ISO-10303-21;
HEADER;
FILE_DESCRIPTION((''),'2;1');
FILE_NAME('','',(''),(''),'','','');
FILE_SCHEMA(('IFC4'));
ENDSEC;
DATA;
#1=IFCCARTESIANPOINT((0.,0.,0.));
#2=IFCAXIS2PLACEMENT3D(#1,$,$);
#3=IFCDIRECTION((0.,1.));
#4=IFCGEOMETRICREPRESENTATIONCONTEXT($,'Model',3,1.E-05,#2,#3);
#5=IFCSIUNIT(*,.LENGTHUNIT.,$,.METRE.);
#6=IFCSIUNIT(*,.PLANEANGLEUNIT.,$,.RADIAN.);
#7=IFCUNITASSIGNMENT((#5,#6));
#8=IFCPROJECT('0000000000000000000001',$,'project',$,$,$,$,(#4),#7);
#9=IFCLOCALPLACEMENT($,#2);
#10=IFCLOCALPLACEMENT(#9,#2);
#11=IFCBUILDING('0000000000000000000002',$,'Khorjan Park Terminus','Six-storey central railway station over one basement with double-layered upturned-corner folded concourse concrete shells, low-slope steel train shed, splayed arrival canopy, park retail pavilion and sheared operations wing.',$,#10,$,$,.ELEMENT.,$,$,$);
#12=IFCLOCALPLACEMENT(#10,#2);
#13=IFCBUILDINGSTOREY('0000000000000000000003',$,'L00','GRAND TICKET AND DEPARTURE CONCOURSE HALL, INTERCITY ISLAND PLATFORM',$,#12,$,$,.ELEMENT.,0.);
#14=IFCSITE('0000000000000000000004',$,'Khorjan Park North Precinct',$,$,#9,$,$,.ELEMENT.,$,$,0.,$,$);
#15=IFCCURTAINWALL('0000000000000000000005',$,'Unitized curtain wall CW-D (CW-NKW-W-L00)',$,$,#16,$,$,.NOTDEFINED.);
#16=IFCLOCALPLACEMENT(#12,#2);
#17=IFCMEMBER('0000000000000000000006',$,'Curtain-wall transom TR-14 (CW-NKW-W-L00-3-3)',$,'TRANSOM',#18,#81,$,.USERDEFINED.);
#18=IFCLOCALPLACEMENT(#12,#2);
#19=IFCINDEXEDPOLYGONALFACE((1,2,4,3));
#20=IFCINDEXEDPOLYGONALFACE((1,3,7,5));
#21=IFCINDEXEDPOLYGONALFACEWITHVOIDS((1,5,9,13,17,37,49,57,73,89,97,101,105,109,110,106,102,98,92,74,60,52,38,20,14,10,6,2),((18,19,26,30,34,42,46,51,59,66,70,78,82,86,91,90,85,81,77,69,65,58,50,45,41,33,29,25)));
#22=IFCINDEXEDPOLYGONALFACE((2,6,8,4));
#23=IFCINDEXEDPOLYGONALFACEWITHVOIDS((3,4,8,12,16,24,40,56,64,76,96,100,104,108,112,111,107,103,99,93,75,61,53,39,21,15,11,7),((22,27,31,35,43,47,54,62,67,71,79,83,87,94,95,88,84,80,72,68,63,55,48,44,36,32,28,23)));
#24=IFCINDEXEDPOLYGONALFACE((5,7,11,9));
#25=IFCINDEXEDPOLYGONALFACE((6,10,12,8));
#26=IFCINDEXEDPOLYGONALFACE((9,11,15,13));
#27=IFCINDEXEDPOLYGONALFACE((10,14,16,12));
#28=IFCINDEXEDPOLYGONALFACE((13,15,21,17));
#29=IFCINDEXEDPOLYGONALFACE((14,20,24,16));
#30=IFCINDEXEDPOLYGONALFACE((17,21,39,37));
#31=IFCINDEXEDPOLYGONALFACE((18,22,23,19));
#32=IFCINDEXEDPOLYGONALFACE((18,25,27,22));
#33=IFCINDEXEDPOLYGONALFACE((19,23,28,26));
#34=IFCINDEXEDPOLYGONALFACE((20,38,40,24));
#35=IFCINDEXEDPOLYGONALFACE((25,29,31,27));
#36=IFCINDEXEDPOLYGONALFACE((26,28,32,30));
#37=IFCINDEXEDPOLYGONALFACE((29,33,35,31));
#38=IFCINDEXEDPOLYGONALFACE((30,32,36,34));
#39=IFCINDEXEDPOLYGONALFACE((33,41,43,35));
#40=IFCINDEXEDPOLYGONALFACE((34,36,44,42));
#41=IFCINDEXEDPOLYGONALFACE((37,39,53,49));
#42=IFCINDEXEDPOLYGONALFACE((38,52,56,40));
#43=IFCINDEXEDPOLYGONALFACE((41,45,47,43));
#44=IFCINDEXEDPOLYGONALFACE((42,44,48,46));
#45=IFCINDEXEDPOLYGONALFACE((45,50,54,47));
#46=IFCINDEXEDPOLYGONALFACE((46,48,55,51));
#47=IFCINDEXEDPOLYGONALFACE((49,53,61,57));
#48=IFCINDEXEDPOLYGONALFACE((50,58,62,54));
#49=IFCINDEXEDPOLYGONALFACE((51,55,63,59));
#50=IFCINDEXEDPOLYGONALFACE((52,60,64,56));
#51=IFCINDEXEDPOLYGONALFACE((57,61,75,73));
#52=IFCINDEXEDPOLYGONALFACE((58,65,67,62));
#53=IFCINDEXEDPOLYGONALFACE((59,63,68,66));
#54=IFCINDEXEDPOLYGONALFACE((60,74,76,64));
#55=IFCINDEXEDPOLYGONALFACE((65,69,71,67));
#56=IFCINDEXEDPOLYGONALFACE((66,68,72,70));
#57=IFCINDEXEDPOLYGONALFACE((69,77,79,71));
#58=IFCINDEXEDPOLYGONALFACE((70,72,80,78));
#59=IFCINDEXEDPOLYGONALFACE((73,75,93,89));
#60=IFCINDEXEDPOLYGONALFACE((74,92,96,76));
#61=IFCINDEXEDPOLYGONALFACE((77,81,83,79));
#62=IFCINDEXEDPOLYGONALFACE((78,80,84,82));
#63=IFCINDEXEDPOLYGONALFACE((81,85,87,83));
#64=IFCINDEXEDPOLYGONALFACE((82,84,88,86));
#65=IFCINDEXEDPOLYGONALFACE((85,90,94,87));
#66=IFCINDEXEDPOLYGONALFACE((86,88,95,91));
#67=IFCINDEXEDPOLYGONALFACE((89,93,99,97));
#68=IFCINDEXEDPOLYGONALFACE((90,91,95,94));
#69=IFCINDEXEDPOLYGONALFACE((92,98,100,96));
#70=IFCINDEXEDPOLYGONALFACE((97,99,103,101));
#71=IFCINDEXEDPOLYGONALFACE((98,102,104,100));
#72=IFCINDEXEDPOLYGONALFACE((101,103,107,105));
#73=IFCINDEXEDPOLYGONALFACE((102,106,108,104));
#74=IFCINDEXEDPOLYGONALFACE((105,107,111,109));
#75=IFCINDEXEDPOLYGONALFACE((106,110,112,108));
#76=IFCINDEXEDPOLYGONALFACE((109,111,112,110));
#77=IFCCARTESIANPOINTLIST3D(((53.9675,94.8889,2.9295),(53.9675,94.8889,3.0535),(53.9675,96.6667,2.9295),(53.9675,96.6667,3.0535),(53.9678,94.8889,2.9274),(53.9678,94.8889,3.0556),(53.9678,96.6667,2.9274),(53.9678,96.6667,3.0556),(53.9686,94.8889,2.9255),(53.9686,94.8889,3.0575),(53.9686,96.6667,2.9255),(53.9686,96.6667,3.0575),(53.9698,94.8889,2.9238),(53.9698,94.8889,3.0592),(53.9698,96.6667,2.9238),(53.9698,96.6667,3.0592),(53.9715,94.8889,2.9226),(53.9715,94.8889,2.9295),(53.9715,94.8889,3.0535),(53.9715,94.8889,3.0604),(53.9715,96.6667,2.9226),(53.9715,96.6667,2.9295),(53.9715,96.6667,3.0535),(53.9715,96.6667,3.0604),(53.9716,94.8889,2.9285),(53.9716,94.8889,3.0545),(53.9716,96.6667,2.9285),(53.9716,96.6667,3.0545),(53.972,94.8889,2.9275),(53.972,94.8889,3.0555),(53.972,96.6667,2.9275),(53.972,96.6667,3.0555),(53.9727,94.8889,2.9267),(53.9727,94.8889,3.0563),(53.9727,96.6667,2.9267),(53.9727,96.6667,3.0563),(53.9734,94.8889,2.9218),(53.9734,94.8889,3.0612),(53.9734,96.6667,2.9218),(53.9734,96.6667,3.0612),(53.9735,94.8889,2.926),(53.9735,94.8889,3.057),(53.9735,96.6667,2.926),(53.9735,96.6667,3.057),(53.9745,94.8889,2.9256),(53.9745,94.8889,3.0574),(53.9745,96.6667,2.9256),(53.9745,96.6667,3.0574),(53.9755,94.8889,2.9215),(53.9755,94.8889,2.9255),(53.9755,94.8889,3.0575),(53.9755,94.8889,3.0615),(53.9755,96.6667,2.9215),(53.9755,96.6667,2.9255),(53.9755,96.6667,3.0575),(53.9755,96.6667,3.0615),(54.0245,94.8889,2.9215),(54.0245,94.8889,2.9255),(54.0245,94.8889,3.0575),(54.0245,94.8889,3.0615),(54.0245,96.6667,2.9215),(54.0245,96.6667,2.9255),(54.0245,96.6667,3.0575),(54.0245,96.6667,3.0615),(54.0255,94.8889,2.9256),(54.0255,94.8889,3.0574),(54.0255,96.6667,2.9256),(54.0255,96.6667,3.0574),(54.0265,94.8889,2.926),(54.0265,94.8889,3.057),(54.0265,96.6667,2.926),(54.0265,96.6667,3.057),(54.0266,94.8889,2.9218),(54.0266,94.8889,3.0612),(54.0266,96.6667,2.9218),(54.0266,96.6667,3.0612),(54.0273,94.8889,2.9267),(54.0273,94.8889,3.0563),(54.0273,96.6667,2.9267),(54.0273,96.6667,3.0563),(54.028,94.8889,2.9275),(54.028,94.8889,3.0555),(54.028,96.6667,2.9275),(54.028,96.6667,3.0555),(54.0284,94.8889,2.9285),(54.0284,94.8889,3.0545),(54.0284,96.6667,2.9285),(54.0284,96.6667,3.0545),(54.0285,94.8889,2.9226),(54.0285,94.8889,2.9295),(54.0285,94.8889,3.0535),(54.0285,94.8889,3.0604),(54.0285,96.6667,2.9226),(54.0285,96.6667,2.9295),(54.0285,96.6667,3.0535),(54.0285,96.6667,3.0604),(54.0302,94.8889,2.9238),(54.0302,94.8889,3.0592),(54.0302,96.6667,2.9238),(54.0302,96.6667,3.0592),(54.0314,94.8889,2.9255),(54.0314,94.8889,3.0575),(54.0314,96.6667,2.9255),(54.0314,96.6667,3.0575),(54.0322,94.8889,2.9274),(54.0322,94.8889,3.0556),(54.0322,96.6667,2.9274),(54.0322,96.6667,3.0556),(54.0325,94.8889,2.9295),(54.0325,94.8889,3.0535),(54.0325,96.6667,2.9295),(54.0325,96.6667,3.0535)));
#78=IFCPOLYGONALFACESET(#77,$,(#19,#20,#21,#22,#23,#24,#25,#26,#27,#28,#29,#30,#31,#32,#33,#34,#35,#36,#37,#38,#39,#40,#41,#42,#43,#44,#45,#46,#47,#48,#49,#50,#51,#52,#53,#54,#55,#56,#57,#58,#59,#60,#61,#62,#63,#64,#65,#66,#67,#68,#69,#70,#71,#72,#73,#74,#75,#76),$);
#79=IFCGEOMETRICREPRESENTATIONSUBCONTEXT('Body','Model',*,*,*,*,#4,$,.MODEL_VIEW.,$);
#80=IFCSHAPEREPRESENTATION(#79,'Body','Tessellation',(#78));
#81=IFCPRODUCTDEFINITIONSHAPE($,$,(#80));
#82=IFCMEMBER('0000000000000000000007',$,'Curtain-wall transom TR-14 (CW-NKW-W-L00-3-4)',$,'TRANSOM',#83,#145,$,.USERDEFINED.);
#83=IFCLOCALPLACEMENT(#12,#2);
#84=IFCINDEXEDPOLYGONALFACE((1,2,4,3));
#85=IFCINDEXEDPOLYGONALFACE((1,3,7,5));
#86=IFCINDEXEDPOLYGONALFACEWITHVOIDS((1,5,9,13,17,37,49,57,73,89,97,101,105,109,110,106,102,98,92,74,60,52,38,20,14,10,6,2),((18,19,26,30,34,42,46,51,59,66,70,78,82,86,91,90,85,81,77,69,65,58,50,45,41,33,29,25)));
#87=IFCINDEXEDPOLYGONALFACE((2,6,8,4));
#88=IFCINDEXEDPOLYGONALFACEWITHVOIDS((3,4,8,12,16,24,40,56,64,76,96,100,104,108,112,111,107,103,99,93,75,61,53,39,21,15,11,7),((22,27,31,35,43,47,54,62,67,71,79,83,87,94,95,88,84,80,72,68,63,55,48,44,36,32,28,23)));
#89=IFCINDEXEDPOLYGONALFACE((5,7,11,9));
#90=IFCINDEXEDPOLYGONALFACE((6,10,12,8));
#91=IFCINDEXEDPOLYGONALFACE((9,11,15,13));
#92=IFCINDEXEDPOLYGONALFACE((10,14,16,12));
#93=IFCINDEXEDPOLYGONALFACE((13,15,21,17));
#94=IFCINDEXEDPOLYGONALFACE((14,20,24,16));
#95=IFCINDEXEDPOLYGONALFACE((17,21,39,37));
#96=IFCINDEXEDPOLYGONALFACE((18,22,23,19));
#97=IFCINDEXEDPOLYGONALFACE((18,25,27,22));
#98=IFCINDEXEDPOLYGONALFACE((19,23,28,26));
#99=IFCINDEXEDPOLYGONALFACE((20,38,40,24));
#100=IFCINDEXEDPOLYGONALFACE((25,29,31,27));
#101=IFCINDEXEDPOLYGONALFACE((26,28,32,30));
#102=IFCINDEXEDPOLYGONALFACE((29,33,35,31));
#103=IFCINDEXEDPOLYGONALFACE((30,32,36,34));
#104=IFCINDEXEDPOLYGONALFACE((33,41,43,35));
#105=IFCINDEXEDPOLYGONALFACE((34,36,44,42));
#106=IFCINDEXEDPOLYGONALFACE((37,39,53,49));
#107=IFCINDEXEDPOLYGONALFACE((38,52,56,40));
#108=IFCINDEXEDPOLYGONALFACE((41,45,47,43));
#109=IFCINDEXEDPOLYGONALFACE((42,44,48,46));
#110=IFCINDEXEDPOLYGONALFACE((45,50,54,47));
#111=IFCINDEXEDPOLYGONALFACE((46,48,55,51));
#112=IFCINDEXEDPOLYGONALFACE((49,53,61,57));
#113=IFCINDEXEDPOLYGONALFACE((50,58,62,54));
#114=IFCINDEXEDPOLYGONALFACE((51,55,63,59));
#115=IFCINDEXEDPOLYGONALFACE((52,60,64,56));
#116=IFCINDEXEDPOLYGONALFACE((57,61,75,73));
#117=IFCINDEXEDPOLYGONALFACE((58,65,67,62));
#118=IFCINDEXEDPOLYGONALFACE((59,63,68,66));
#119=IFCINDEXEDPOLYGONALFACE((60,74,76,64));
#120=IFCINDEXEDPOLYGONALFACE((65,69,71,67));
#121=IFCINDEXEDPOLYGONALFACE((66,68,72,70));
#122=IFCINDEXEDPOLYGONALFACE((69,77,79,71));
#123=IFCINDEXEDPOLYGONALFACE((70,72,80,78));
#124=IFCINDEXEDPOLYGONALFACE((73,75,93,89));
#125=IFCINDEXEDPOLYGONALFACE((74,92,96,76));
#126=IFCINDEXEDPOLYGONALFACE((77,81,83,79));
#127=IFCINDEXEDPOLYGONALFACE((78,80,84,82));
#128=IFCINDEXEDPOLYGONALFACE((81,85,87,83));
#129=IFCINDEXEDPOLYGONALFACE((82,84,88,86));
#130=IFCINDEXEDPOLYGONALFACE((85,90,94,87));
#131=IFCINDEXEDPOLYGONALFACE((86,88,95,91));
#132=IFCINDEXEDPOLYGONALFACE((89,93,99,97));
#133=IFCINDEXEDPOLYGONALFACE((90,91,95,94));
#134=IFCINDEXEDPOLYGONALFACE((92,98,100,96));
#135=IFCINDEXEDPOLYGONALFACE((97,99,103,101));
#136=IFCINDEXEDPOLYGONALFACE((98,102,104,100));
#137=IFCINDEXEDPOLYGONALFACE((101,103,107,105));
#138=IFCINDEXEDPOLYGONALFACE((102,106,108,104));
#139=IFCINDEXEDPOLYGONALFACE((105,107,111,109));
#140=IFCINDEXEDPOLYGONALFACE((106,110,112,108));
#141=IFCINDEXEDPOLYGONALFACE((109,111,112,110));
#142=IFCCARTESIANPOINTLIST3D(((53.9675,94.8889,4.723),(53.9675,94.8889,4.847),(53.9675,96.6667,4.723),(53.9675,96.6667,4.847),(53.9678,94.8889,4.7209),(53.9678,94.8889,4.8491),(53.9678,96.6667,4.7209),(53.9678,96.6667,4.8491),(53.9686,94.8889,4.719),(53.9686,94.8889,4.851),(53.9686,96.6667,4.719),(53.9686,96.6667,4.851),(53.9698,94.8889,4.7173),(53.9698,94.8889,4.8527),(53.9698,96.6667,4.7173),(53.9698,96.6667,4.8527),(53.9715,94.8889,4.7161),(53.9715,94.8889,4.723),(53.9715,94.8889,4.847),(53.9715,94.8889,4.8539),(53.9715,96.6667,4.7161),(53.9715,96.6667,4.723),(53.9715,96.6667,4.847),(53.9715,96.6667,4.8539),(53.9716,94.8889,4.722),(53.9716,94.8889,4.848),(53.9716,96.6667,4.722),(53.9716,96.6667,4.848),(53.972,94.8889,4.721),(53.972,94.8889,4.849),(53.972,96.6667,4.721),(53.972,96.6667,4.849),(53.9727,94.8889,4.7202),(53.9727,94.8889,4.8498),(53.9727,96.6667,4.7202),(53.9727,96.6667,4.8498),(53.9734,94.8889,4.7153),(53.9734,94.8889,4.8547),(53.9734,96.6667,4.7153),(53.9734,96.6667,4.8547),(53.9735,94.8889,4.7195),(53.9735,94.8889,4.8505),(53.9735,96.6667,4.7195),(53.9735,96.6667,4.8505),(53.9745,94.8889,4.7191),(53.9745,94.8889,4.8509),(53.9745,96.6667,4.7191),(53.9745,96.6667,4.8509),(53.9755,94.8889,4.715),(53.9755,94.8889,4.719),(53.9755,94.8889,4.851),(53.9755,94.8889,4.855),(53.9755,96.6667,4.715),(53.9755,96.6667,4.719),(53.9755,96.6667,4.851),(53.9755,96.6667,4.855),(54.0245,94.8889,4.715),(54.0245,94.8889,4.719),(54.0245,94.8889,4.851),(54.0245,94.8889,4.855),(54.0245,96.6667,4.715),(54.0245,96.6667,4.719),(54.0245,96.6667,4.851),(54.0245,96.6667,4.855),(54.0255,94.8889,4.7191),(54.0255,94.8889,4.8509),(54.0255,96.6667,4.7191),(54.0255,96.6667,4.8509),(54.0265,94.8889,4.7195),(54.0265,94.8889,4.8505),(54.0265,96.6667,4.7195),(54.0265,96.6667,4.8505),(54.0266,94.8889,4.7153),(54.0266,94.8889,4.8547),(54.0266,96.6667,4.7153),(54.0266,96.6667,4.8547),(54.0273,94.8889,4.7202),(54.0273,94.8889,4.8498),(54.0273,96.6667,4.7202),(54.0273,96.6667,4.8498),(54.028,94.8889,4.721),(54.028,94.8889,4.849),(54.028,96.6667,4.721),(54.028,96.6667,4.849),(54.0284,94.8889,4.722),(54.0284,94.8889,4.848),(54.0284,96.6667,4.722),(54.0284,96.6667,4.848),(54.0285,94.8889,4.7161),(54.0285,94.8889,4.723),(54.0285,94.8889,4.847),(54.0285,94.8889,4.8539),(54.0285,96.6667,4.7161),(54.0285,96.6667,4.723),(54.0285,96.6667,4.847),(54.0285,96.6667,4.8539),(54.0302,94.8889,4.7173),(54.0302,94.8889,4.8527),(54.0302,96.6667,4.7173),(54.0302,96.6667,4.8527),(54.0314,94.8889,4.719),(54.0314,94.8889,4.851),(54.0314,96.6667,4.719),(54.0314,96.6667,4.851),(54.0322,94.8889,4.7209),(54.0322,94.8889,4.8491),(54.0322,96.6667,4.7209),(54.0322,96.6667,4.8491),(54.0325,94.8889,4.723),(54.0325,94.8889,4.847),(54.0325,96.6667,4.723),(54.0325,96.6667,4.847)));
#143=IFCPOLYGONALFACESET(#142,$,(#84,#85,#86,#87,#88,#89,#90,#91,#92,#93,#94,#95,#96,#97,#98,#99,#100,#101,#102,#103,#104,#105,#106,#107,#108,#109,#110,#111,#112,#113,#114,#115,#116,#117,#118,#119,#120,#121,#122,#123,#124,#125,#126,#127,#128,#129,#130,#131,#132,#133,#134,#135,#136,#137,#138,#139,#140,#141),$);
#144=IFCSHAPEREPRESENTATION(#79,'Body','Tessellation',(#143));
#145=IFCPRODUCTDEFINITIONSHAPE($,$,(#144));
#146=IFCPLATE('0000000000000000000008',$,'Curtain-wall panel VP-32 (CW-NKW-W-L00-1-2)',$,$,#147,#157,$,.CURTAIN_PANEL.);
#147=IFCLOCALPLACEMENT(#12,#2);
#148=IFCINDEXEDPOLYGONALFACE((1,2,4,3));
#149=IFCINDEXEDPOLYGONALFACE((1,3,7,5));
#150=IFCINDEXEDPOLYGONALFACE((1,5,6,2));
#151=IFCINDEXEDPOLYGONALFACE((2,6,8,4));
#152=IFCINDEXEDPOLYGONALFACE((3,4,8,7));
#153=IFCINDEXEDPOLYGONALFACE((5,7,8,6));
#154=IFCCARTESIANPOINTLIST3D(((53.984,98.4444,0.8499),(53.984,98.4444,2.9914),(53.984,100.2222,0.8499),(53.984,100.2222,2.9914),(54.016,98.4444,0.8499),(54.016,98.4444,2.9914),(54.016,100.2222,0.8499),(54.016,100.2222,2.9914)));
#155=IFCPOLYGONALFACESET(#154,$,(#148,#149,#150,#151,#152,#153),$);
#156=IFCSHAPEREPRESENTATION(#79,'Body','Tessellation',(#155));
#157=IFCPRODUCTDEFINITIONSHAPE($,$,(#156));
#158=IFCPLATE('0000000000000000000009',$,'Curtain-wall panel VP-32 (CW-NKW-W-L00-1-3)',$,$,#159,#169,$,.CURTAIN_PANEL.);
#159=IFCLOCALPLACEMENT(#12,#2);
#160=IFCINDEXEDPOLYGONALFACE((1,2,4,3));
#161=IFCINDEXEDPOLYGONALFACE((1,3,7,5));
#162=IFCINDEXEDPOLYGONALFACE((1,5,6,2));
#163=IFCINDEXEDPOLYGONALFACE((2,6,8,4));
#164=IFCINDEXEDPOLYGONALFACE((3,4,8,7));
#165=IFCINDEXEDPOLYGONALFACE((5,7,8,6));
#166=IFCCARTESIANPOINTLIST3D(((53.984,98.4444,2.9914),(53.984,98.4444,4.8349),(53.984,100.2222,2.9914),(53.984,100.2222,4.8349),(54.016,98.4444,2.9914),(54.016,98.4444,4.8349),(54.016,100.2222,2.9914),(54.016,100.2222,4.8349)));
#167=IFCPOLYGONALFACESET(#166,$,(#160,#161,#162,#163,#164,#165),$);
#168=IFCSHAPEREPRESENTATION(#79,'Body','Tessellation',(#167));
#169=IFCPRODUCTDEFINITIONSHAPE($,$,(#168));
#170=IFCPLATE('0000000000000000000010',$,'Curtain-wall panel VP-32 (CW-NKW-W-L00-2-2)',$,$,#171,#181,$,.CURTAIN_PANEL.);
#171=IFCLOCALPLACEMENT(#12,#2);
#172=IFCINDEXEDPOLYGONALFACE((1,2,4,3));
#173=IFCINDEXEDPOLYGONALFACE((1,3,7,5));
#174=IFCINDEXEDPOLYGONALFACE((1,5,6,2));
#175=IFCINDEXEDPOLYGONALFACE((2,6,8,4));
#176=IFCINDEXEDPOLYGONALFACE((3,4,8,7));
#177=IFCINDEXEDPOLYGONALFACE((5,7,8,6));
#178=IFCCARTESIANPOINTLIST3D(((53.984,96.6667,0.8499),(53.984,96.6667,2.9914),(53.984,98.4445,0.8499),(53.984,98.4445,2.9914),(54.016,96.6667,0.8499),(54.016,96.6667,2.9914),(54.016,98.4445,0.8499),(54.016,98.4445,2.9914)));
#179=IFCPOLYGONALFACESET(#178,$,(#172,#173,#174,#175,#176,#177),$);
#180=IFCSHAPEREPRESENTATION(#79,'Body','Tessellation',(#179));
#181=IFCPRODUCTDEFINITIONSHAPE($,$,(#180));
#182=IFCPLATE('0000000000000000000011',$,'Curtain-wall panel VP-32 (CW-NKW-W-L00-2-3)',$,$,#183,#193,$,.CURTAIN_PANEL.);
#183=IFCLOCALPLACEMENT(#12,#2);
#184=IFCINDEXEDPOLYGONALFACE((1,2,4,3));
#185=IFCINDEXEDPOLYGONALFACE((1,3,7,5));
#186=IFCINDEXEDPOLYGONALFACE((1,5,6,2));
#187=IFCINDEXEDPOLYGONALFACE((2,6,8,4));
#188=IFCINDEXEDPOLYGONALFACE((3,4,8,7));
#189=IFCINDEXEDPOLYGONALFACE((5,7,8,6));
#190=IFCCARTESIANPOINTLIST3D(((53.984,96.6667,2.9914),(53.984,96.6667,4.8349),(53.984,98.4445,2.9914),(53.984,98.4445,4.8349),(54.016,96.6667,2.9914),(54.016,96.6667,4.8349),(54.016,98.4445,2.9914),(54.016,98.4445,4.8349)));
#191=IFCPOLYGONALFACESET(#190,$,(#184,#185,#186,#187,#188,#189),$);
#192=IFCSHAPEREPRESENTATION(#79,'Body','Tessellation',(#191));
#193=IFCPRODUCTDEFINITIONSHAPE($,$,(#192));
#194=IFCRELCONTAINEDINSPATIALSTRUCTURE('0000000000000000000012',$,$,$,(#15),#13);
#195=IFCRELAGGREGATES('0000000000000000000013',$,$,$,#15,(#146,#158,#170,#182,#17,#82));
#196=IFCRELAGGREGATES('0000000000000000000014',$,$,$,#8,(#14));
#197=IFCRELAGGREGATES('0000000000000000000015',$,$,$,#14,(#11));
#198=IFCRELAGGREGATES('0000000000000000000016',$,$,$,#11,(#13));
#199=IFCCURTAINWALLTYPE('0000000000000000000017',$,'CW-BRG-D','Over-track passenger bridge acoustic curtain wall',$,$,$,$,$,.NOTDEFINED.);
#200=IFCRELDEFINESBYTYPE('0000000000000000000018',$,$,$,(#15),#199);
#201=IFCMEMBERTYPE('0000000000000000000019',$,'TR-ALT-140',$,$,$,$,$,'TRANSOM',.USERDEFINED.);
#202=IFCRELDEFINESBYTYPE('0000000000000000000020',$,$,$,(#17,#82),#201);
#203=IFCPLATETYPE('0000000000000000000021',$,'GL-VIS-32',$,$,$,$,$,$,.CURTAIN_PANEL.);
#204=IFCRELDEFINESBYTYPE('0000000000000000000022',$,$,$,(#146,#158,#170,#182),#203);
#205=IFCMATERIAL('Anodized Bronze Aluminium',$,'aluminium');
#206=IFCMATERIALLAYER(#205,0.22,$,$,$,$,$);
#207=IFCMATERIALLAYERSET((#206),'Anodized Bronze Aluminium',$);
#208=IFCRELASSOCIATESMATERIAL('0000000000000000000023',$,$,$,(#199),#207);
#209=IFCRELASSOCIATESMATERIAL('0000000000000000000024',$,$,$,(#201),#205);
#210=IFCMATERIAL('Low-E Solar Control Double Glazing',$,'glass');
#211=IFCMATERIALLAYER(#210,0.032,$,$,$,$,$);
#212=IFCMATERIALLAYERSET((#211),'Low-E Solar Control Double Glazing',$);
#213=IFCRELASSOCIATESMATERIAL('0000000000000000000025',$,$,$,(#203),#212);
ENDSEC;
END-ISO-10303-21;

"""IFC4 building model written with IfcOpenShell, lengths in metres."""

from ifc_helpers import new_model, si_unit, direction, frame, origin, origin_2d, place, context, subcontext, project, spatial, rectangle, hollow_rectangle, extrude, material, layer, layer_set, material_profile, profile_set, type_object, element, aggregate, save


model = new_model("IFC4")

# Units and contexts
model_context = context("Model", 3, precision=1e-05, world=origin(), true_north=direction((0.0, 1.0)))
body_context = subcontext(model_context, "Body", "Model", "MODEL_VIEW")
ifc_project = project(units=[si_unit("LENGTHUNIT", "METRE"), si_unit("PLANEANGLEUNIT", "RADIAN")], contexts=[model_context])

# Site, building, storey
site_placement = place(None, origin())
site = spatial("IfcSite", under=ifc_project, at=site_placement, Name="Khorjan Park North Precinct", CompositionType="ELEMENT", RefElevation=0.0)
building_placement = place(site_placement, origin())
building = spatial("IfcBuilding", under=site, at=building_placement, Name="Khorjan Park Terminus", Description="Six-storey central railway station over one basement with double-layered upturned-corner folded concourse concrete shells, low-slope steel train shed, splayed arrival canopy, park retail pavilion and sheared operations wing.", CompositionType="ELEMENT")
storey_placement = place(building_placement, origin())
storey = spatial("IfcBuildingStorey", under=building, at=storey_placement, Name="L00", Description="GRAND TICKET AND DEPARTURE CONCOURSE HALL, INTERCITY ISLAND PLATFORM", CompositionType="ELEMENT", Elevation=0.0)

# Curtain wall, members, plates
ifc_material_1 = material(Name="Anodized Bronze Aluminium", Category="aluminium")
ifc_layer_1 = layer(ifc_material_1, 0.22)
ifc_layer_set_1 = layer_set([ifc_layer_1], Name="Anodized Bronze Aluminium")
curtain_wall_type = type_object("IfcCurtainWallType", Name="CW-BRG-D", Description="Over-track passenger bridge acoustic curtain wall", PredefinedType="NOTDEFINED", material=ifc_layer_set_1)
curtain_wall_placement = place(storey_placement, origin())
curtain_wall = element("IfcCurtainWall", 1, at=curtain_wall_placement, inside=storey, type_object=curtain_wall_type, Name="Unitized curtain wall CW-D (CW-NKW-W-L00)", PredefinedType="NOTDEFINED")
ifc_material_profile_1 = material_profile(ifc_material_1, hollow_rectangle(XDim=0.065, YDim=0.14, WallThickness=0.004, InnerFilletRadius=0.004, OuterFilletRadius=0.008, at=origin_2d()), Name="ALT 65x140x4")
ifc_profile_set_1 = profile_set([ifc_material_profile_1], Name="Anodized Bronze Aluminium")
member_type_1 = type_object("IfcMemberType", Name="TR-ALT-140", ElementType="TRANSOM", PredefinedType="USERDEFINED", material=ifc_profile_set_1)
member_1_placement = place(storey_placement, frame((54.0, 96.6667, 2.9915), z_axis=(0.0, -1.0, 0.0), x_axis=(1.0, 0.0, 0.0)))
member_1 = element("IfcMember", 2, at=member_1_placement, type_object=member_type_1, Name="Curtain-wall transom TR-14 (CW-NKW-W-L00-3-3)", ObjectType="TRANSOM", PredefinedType="USERDEFINED", context=body_context, shape_type="SweptSolid", body=[
    extrude(hollow_rectangle(XDim=0.065, YDim=0.14, WallThickness=0.004, InnerFilletRadius=0.004, OuterFilletRadius=0.008, at=origin_2d()), origin(), (0.0, 0.0, 1.0), 1.7778),
])
member_2_placement = place(storey_placement, frame((54.0, 96.6667, 4.785), z_axis=(0.0, -1.0, 0.0), x_axis=(1.0, 0.0, 0.0)))
member_2 = element("IfcMember", 3, at=member_2_placement, type_object=member_type_1, Name="Curtain-wall transom TR-14 (CW-NKW-W-L00-3-4)", ObjectType="TRANSOM", PredefinedType="USERDEFINED", context=body_context, shape_type="SweptSolid", body=[
    extrude(hollow_rectangle(XDim=0.065, YDim=0.14, WallThickness=0.004, InnerFilletRadius=0.004, OuterFilletRadius=0.008, at=origin_2d()), origin(), (0.0, 0.0, 1.0), 1.7778),
])
ifc_material_2 = material(Name="Low-E Solar Control Double Glazing", Category="glass")
ifc_layer_2 = layer(ifc_material_2, 0.032)
ifc_layer_set_2 = layer_set([ifc_layer_2], Name="Low-E Solar Control Double Glazing")
plate_type_1 = type_object("IfcPlateType", Name="GL-VIS-32", PredefinedType="CURTAIN_PANEL", material=ifc_layer_set_2)
plate_1_placement = place(storey_placement, frame((54.0, 99.3333, 0.8499), z_axis=(0.0, 0.0, 1.0), x_axis=(0.0, -1.0, 0.0)))
plate_1 = element("IfcPlate", 4, at=plate_1_placement, type_object=plate_type_1, Name="Curtain-wall panel VP-32 (CW-NKW-W-L00-1-2)", PredefinedType="CURTAIN_PANEL", context=body_context, shape_type="SweptSolid", body=[
    extrude(rectangle(XDim=1.7778, YDim=0.032, at=origin_2d()), origin(), (0.0, 0.0, 1.0), 2.1415),
])
plate_2_placement = place(storey_placement, frame((54.0, 99.3333, 2.9914), z_axis=(0.0, 0.0, 1.0), x_axis=(0.0, -1.0, 0.0)))
plate_2 = element("IfcPlate", 5, at=plate_2_placement, type_object=plate_type_1, Name="Curtain-wall panel VP-32 (CW-NKW-W-L00-1-3)", PredefinedType="CURTAIN_PANEL", context=body_context, shape_type="SweptSolid", body=[
    extrude(rectangle(XDim=1.7778, YDim=0.032, at=origin_2d()), origin(), (0.0, 0.0, 1.0), 1.8435),
])
plate_3_placement = place(storey_placement, frame((54.0, 97.5556, 0.8499), z_axis=(0.0, 0.0, 1.0), x_axis=(0.0, -1.0, 0.0)))
plate_3 = element("IfcPlate", 6, at=plate_3_placement, type_object=plate_type_1, Name="Curtain-wall panel VP-32 (CW-NKW-W-L00-2-2)", PredefinedType="CURTAIN_PANEL", context=body_context, shape_type="SweptSolid", body=[
    extrude(rectangle(XDim=1.7778, YDim=0.032, at=origin_2d()), origin(), (0.0, 0.0, 1.0), 2.1415),
])
plate_4_placement = place(storey_placement, frame((54.0, 97.5556, 2.9914), z_axis=(0.0, 0.0, 1.0), x_axis=(0.0, -1.0, 0.0)))
plate_4 = element("IfcPlate", 7, at=plate_4_placement, type_object=plate_type_1, Name="Curtain-wall panel VP-32 (CW-NKW-W-L00-2-3)", PredefinedType="CURTAIN_PANEL", context=body_context, shape_type="SweptSolid", body=[
    extrude(rectangle(XDim=1.7778, YDim=0.032, at=origin_2d()), origin(), (0.0, 0.0, 1.0), 1.8435),
])
aggregate(curtain_wall, [plate_1, plate_2, plate_3, plate_4, member_1, member_2])

save(model, "model.ifc")
